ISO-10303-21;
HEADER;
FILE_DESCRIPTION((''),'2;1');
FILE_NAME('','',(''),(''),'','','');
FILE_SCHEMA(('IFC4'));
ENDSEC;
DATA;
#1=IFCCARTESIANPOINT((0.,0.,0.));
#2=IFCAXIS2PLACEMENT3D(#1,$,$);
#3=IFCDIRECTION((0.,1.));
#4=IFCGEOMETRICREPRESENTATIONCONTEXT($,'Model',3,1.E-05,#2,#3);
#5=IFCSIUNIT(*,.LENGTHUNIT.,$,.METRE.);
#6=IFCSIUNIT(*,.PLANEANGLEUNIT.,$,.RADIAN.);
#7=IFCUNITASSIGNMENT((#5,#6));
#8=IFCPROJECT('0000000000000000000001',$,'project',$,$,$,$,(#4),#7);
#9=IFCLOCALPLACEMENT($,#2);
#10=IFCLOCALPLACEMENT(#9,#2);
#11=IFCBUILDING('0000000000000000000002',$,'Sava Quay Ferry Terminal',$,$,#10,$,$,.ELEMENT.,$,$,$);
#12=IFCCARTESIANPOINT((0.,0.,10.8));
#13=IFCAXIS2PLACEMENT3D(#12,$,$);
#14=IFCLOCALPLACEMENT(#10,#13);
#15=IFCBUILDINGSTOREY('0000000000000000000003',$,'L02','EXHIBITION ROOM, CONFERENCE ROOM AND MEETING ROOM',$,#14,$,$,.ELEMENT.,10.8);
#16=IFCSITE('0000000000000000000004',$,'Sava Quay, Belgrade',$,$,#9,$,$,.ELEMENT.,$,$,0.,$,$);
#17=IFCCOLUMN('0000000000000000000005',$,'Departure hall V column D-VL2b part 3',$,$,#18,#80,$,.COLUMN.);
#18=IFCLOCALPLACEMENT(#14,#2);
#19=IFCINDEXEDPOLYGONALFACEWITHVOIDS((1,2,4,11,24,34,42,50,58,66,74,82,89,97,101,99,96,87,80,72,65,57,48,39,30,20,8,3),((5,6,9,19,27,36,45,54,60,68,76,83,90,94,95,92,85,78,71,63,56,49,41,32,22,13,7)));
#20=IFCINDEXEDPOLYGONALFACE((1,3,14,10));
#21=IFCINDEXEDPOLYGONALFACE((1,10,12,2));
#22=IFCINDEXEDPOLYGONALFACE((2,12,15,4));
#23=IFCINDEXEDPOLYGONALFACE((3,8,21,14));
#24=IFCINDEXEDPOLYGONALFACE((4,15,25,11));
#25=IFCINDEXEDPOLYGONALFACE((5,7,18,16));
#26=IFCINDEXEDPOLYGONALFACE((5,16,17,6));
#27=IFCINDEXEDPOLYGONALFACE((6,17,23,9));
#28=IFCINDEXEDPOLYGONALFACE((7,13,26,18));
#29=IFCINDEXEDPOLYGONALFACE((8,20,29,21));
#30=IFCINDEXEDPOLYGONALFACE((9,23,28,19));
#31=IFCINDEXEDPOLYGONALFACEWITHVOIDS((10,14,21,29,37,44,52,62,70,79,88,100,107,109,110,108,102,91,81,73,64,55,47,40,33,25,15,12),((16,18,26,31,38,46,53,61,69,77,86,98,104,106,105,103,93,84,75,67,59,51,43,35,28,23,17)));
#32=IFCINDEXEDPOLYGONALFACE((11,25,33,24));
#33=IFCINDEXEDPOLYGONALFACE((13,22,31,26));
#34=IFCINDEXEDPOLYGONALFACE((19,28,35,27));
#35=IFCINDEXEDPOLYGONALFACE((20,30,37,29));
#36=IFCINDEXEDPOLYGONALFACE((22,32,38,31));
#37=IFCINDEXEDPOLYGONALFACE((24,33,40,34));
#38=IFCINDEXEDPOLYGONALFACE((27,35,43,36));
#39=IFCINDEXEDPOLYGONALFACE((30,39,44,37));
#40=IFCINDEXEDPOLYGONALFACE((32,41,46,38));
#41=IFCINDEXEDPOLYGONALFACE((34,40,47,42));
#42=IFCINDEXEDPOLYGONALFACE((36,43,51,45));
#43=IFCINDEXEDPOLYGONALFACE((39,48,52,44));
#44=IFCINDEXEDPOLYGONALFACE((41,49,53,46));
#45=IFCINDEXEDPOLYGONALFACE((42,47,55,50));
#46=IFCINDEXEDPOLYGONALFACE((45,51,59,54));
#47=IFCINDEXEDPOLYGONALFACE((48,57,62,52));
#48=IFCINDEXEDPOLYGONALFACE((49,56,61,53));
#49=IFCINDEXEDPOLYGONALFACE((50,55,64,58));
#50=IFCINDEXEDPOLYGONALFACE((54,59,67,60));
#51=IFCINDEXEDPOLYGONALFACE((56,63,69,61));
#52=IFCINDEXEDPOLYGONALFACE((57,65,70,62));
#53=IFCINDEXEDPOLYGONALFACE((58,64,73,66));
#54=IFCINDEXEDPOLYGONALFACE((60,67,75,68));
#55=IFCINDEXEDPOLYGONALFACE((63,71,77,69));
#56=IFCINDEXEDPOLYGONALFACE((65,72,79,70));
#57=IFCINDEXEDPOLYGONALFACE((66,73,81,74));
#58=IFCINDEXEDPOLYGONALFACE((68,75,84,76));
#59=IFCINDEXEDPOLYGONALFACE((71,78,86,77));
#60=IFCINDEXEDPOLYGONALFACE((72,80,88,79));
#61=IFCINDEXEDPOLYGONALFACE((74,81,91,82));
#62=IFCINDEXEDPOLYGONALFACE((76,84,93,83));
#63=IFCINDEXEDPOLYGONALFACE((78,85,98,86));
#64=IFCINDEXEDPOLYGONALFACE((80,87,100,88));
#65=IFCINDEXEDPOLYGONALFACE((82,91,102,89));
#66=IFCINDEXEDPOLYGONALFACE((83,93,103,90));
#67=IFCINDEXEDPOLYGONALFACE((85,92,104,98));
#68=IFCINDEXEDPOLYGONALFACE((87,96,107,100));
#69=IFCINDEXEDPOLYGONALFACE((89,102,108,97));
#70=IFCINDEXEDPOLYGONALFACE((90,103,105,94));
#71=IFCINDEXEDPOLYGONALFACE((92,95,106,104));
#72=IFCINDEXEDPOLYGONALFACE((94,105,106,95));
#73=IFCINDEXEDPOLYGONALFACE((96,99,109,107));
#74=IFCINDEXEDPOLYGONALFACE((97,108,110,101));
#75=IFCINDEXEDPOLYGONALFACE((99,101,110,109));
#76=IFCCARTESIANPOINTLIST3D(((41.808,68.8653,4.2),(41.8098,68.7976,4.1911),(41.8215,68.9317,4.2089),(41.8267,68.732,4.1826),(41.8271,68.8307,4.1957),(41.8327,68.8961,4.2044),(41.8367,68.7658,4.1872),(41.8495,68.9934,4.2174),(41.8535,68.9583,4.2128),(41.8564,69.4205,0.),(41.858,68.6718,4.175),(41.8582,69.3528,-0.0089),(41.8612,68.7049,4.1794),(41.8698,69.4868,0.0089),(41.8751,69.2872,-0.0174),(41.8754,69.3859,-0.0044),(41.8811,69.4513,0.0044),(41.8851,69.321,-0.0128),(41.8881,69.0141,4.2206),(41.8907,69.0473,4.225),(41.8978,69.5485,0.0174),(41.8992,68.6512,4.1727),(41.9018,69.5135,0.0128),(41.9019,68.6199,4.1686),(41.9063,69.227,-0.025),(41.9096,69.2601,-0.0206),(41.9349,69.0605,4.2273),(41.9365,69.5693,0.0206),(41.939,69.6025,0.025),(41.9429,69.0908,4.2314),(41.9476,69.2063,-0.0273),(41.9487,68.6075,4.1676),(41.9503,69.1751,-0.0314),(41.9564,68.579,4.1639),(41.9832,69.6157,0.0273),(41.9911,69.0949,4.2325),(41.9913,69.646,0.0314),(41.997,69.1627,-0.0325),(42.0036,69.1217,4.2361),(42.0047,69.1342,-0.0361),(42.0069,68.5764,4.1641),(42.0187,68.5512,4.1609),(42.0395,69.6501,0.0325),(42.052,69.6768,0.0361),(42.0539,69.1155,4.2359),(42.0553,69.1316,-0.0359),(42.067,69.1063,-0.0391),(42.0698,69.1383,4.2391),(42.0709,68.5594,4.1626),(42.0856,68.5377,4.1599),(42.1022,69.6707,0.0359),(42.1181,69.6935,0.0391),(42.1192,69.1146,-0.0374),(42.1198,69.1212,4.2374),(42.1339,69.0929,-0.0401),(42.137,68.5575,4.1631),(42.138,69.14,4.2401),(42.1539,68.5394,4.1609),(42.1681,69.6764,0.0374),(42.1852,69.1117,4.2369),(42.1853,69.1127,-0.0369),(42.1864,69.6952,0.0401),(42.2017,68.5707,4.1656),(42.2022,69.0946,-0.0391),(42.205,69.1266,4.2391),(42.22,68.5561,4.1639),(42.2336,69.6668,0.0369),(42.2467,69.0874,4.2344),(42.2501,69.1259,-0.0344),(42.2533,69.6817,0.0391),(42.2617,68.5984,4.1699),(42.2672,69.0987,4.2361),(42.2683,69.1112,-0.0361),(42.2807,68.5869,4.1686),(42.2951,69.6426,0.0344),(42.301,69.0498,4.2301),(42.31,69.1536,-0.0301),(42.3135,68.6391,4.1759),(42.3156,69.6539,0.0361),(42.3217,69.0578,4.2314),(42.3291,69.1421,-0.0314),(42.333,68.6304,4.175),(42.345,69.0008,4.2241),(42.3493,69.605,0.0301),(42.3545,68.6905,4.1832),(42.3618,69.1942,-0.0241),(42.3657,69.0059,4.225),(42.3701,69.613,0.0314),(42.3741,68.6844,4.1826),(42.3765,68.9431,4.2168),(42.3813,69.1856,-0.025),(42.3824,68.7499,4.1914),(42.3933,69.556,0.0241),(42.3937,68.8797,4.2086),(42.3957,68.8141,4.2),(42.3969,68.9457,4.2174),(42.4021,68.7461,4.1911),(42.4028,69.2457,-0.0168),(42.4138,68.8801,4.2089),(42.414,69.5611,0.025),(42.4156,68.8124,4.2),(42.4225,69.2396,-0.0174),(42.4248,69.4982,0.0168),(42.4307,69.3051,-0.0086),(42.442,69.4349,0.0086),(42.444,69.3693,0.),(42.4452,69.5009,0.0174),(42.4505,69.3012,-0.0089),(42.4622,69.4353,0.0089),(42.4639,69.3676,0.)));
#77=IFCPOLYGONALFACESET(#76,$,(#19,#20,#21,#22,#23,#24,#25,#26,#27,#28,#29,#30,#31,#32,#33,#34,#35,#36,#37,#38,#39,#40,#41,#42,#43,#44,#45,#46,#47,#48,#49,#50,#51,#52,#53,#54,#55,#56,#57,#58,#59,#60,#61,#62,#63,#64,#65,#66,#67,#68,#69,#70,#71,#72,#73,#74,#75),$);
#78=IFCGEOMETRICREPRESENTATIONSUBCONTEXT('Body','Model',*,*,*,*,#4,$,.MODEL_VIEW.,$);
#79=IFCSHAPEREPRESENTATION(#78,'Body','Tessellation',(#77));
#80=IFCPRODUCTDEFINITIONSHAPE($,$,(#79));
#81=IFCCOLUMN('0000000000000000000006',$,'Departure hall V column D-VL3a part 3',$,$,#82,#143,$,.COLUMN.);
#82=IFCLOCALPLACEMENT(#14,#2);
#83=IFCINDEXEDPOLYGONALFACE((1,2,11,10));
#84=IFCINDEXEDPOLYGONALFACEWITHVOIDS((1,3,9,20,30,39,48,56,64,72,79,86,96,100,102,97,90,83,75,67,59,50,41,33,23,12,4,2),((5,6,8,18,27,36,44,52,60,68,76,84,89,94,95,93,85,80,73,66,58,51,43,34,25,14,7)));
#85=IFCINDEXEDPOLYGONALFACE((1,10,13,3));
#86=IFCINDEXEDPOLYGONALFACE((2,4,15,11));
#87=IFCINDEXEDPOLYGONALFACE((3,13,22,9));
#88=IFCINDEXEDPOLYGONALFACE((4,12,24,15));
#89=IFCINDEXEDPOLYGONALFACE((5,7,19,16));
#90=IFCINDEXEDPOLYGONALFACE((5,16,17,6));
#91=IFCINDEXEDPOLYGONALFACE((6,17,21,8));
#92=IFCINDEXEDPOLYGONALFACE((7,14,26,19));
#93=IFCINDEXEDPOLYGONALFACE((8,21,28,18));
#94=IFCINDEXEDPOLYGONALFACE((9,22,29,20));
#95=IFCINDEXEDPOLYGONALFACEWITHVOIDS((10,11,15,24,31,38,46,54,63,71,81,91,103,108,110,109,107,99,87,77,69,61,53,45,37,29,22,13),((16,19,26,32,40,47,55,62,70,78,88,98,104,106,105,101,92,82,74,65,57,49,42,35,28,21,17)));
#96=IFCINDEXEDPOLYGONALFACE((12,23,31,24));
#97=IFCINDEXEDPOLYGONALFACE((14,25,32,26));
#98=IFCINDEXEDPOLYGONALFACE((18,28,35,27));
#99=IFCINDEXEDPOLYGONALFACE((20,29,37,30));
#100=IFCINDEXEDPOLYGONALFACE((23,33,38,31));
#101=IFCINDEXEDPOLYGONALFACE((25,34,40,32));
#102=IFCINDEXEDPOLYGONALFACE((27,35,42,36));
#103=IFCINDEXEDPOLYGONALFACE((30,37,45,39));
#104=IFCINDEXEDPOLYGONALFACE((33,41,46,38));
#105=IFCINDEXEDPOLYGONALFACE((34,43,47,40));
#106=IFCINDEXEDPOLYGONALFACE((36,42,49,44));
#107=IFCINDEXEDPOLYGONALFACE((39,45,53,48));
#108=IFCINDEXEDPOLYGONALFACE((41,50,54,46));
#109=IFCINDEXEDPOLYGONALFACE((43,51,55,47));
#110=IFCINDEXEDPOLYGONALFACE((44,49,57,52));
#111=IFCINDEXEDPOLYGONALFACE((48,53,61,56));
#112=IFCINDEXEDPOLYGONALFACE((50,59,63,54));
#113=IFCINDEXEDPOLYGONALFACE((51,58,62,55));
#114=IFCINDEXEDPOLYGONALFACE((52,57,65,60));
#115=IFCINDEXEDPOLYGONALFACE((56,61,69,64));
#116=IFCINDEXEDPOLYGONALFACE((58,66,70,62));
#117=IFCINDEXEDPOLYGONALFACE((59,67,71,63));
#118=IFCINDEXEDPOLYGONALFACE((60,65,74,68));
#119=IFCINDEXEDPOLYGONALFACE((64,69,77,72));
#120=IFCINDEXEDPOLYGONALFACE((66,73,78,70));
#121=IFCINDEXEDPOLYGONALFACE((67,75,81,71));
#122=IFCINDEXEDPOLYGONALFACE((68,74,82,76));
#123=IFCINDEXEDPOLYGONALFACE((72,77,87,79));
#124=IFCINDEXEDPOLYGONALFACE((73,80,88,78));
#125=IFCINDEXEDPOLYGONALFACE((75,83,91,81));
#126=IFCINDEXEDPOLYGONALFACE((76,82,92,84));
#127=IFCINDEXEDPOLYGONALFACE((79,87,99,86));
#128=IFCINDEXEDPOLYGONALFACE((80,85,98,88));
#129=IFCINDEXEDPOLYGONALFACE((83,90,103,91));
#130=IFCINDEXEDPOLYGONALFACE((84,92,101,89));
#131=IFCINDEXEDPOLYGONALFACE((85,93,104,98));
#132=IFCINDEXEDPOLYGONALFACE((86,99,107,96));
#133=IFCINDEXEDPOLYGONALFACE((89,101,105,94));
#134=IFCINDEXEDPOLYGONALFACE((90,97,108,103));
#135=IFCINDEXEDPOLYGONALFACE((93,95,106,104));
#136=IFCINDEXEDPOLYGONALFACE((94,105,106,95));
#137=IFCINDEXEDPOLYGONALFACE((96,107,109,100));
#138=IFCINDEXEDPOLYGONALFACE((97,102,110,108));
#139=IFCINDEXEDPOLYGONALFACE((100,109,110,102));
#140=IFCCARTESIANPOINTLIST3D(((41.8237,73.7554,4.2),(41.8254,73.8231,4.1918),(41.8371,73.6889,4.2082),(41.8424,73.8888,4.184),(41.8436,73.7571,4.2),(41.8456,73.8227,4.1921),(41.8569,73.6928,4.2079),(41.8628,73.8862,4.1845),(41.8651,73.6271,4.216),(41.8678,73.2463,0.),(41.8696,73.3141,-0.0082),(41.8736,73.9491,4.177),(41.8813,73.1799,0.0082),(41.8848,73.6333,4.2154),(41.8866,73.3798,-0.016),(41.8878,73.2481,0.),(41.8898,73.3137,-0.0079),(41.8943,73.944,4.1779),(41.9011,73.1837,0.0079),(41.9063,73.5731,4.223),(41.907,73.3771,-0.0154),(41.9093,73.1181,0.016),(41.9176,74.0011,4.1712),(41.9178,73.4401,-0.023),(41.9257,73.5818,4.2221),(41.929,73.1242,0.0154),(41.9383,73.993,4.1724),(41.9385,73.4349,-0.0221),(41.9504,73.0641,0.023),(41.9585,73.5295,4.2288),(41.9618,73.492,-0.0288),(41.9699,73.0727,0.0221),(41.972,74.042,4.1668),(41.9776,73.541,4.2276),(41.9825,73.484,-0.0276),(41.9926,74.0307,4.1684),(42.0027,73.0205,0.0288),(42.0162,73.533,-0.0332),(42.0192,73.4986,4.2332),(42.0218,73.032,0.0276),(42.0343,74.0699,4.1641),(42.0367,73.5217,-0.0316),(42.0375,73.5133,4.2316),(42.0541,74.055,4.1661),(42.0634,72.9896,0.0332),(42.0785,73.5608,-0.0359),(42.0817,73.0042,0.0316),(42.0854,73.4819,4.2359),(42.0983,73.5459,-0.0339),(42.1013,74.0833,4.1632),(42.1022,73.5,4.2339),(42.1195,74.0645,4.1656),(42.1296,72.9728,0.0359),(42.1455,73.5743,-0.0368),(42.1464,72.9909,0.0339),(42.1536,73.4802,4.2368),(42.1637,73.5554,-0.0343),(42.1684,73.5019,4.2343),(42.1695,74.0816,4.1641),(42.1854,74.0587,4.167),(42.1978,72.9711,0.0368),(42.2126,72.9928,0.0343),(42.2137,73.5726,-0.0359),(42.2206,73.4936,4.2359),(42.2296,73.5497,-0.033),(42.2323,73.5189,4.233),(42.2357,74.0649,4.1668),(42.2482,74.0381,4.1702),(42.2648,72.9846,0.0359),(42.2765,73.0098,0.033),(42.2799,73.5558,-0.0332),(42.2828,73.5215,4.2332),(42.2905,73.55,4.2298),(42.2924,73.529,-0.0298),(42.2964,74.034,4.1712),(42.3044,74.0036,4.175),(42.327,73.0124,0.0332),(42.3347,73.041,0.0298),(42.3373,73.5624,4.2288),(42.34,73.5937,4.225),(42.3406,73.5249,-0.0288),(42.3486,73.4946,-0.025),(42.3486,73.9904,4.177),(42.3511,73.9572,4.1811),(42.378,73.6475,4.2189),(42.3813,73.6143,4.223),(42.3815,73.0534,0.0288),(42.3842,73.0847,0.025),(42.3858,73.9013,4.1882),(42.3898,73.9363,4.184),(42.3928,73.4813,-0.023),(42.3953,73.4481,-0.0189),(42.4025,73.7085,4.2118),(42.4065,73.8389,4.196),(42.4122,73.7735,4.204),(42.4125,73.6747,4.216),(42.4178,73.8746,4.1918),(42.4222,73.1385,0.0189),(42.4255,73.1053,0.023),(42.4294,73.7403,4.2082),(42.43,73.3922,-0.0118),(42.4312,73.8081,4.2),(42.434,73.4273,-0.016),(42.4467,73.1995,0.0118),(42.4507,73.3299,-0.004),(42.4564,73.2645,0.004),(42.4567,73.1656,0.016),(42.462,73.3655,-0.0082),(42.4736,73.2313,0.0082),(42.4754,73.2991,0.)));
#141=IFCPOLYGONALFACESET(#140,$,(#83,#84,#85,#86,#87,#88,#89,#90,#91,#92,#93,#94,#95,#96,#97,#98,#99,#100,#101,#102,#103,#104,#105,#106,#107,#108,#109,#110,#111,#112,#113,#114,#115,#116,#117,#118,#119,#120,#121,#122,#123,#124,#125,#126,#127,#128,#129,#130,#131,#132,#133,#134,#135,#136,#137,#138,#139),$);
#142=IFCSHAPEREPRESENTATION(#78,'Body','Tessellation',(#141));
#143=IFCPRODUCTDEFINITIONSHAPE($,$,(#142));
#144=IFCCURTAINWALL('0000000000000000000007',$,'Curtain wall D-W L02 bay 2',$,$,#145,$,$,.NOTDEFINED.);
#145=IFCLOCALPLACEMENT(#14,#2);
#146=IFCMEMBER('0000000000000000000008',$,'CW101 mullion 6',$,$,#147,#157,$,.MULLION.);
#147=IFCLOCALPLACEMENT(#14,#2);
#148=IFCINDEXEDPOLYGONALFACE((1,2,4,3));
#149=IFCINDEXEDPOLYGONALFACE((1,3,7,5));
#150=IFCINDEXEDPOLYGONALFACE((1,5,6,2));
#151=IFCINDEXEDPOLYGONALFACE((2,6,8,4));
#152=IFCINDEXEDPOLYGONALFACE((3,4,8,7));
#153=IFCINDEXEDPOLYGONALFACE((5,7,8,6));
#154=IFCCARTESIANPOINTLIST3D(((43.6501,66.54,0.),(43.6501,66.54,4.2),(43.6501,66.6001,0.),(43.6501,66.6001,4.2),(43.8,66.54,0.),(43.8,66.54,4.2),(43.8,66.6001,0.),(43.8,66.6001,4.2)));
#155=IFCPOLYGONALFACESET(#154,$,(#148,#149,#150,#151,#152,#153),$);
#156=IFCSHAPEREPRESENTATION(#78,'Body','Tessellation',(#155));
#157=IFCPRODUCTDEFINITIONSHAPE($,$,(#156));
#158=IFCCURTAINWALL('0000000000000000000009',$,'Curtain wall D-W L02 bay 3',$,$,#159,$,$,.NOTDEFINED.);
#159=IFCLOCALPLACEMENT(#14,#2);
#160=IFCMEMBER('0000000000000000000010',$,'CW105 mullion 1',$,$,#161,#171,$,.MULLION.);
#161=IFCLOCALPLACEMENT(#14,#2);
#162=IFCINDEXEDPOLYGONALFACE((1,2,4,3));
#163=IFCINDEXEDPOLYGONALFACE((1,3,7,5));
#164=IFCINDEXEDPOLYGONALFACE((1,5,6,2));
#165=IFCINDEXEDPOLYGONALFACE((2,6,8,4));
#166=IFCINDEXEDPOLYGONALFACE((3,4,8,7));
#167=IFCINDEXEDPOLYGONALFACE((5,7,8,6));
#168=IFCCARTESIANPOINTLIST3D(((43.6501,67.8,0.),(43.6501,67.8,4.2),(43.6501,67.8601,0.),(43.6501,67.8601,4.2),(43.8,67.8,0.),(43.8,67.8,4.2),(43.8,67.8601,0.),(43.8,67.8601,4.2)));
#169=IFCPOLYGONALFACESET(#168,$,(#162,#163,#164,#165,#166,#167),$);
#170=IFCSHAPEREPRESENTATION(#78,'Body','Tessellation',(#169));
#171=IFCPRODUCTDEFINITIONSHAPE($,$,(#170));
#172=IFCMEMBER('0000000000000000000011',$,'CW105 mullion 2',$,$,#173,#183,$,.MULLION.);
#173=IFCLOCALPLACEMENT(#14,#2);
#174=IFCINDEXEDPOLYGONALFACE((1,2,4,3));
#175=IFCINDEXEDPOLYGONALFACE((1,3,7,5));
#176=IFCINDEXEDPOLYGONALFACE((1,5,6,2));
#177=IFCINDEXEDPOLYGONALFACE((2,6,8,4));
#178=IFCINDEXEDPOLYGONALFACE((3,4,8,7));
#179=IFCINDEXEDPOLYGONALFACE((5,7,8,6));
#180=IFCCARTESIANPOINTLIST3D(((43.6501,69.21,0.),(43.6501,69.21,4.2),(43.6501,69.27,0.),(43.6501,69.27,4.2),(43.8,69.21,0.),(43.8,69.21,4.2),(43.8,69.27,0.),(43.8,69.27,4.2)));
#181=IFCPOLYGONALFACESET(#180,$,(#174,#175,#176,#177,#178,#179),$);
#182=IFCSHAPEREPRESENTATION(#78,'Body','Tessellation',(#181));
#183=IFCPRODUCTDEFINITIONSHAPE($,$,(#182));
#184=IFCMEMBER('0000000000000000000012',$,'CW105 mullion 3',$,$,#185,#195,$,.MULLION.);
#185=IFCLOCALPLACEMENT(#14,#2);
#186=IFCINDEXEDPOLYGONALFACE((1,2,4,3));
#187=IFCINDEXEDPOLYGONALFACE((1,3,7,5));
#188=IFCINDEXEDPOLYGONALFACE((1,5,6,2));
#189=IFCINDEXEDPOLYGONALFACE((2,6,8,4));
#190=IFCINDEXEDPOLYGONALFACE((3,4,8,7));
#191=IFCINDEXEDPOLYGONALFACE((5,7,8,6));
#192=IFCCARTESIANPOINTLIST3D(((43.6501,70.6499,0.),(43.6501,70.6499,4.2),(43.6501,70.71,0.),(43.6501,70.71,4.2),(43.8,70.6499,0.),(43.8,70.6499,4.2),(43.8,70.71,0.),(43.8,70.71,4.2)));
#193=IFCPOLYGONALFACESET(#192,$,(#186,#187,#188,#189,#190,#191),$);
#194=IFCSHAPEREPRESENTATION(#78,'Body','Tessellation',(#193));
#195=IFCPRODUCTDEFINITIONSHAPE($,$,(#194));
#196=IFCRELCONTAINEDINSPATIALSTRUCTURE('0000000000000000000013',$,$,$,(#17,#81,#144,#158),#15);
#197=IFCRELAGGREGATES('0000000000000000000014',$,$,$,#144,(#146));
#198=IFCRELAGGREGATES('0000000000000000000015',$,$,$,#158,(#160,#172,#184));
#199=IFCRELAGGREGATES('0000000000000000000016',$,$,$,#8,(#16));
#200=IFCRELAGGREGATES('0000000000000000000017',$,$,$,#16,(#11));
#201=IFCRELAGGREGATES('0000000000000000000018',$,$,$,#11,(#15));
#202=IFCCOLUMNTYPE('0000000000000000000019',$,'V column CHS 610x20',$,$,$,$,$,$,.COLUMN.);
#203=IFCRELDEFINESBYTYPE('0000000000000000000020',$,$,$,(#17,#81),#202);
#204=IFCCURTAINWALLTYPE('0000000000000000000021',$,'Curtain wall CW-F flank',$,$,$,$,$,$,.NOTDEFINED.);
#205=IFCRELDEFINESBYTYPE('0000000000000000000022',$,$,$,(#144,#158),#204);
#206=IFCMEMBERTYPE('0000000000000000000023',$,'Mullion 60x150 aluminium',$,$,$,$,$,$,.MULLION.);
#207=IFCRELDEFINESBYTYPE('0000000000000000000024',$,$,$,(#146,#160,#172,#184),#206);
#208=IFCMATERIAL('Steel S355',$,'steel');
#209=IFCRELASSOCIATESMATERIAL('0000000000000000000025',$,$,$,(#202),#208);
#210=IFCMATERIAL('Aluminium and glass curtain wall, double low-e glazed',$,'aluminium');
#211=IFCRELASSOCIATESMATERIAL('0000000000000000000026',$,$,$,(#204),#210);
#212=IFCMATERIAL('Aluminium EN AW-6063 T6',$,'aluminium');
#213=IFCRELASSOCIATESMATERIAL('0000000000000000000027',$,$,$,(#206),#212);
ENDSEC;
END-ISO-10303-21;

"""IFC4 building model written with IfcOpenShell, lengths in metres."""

from ifc_helpers import new_model, si_unit, direction, frame, origin, origin_2d, place, context, subcontext, project, spatial, rectangle, hollow_circle, extrude, material, material_profile, profile_set, type_object, element, aggregate, save


model = new_model("IFC4")

# Units and contexts
model_context = context("Model", 3, precision=1e-05, world=origin(), true_north=direction((0.0, 1.0)))
body_context = subcontext(model_context, "Body", "Model", "MODEL_VIEW")
ifc_project = project(units=[si_unit("LENGTHUNIT", "METRE"), si_unit("PLANEANGLEUNIT", "RADIAN")], contexts=[model_context])

# Site, building, storey
site_placement = place(None, origin())
site = spatial("IfcSite", under=ifc_project, at=site_placement, Name="Sava Quay, Belgrade", CompositionType="ELEMENT", RefElevation=0.0)
building_placement = place(site_placement, origin())
building = spatial("IfcBuilding", under=site, at=building_placement, Name="Sava Quay Ferry Terminal", CompositionType="ELEMENT")
storey_placement = place(building_placement, frame((0.0, 0.0, 10.8)))
storey = spatial("IfcBuildingStorey", under=building, at=storey_placement, Name="L02", Description="EXHIBITION ROOM, CONFERENCE ROOM AND MEETING ROOM", CompositionType="ELEMENT", Elevation=10.8)

# Columns
ifc_material_1 = material(Name="Steel S355", Category="steel")
ifc_material_profile_1 = material_profile(ifc_material_1, hollow_circle(Radius=0.3049, WallThickness=0.02, at=origin_2d()), Name="CHS 610 x 20.0")
ifc_profile_set_1 = profile_set([ifc_material_profile_1], Name="Steel S355")
column_type = type_object("IfcColumnType", Name="V column CHS 610x20", PredefinedType="COLUMN", material=ifc_profile_set_1)
column_1_placement = place(storey_placement, frame((42.1602, 69.394, 0.0), z_axis=(-0.01141, -0.131038, 0.991312), x_axis=(0.996231, -0.086743, 0.0)))
element("IfcColumn", 1, at=column_1_placement, inside=storey, type_object=column_type, Name="Departure hall V column D-VL2b part 3", PredefinedType="COLUMN", context=body_context, shape_type="SweptSolid", body=[
    extrude(hollow_circle(Radius=0.3049, WallThickness=0.02, at=origin_2d()), origin(), (0.0, 0.0, 1.0), 4.2368),
])
column_2_placement = place(storey_placement, frame((42.1716, 73.2727, 0.0), z_axis=(-0.010444, 0.120313, 0.992681), x_axis=(-0.996253, -0.086485, 0.0)))
element("IfcColumn", 2, at=column_2_placement, inside=storey, type_object=column_type, Name="Departure hall V column D-VL3a part 3", PredefinedType="COLUMN", context=body_context, shape_type="SweptSolid", body=[
    extrude(hollow_circle(Radius=0.3049, WallThickness=0.02, at=origin_2d()), origin(), (0.0, 0.0, 1.0), 4.231),
])

# Curtain wall, member
ifc_material_2 = material(Name="Aluminium and glass curtain wall, double low-e glazed", Category="aluminium")
curtain_wall_type = type_object("IfcCurtainWallType", Name="Curtain wall CW-F flank", PredefinedType="NOTDEFINED", material=ifc_material_2)
curtain_wall_1_placement = place(storey_placement, origin())
curtain_wall_1 = element("IfcCurtainWall", 3, at=curtain_wall_1_placement, inside=storey, type_object=curtain_wall_type, Name="Curtain wall D-W L02 bay 2", PredefinedType="NOTDEFINED")
ifc_material_3 = material(Name="Aluminium EN AW-6063 T6", Category="aluminium")
ifc_material_profile_2 = material_profile(ifc_material_3, rectangle(XDim=0.1499, YDim=0.0601, at=origin_2d()), Name="Mullion 60x150 aluminium")
ifc_profile_set_2 = profile_set([ifc_material_profile_2], Name="Aluminium EN AW-6063 T6")
member_type_1 = type_object("IfcMemberType", Name="Mullion 60x150 aluminium", PredefinedType="MULLION", material=ifc_profile_set_2)
member_1_placement = place(storey_placement, frame((43.7251, 66.5701, 0.0), z_axis=(0.0, 0.0, 1.0), x_axis=(-1.0, 0.0, 0.0)))
member_1 = element("IfcMember", 4, at=member_1_placement, type_object=member_type_1, Name="CW101 mullion 6", PredefinedType="MULLION", context=body_context, shape_type="SweptSolid", body=[
    extrude(rectangle(XDim=0.1499, YDim=0.0601, at=origin_2d()), origin(), (0.0, 0.0, 1.0), 4.2),
])
aggregate(curtain_wall_1, [member_1])

# Curtain wall, members
curtain_wall_2_placement = place(storey_placement, origin())
curtain_wall_2 = element("IfcCurtainWall", 5, at=curtain_wall_2_placement, inside=storey, type_object=curtain_wall_type, Name="Curtain wall D-W L02 bay 3", PredefinedType="NOTDEFINED")
member_2_placement = place(storey_placement, frame((43.7251, 67.8301, 0.0), z_axis=(0.0, 0.0, 1.0), x_axis=(-1.0, 0.0, 0.0)))
member_2 = element("IfcMember", 6, at=member_2_placement, type_object=member_type_1, Name="CW105 mullion 1", PredefinedType="MULLION", context=body_context, shape_type="SweptSolid", body=[
    extrude(rectangle(XDim=0.1499, YDim=0.0601, at=origin_2d()), origin(), (0.0, 0.0, 1.0), 4.2),
])
member_3_placement = place(storey_placement, frame((43.7251, 69.24, 0.0), z_axis=(0.0, 0.0, 1.0), x_axis=(-1.0, 0.0, 0.0)))
member_3 = element("IfcMember", 7, at=member_3_placement, type_object=member_type_1, Name="CW105 mullion 2", PredefinedType="MULLION", context=body_context, shape_type="SweptSolid", body=[
    extrude(rectangle(XDim=0.1499, YDim=0.0601, at=origin_2d()), origin(), (0.0, 0.0, 1.0), 4.2),
])
member_4_placement = place(storey_placement, frame((43.7251, 70.6799, 0.0), z_axis=(0.0, 0.0, 1.0), x_axis=(-1.0, 0.0, 0.0)))
member_4 = element("IfcMember", 8, at=member_4_placement, type_object=member_type_1, Name="CW105 mullion 3", PredefinedType="MULLION", context=body_context, shape_type="SweptSolid", body=[
    extrude(rectangle(XDim=0.1499, YDim=0.0601, at=origin_2d()), origin(), (0.0, 0.0, 1.0), 4.2),
])
aggregate(curtain_wall_2, [member_2, member_3, member_4])

save(model, "model.ifc")
